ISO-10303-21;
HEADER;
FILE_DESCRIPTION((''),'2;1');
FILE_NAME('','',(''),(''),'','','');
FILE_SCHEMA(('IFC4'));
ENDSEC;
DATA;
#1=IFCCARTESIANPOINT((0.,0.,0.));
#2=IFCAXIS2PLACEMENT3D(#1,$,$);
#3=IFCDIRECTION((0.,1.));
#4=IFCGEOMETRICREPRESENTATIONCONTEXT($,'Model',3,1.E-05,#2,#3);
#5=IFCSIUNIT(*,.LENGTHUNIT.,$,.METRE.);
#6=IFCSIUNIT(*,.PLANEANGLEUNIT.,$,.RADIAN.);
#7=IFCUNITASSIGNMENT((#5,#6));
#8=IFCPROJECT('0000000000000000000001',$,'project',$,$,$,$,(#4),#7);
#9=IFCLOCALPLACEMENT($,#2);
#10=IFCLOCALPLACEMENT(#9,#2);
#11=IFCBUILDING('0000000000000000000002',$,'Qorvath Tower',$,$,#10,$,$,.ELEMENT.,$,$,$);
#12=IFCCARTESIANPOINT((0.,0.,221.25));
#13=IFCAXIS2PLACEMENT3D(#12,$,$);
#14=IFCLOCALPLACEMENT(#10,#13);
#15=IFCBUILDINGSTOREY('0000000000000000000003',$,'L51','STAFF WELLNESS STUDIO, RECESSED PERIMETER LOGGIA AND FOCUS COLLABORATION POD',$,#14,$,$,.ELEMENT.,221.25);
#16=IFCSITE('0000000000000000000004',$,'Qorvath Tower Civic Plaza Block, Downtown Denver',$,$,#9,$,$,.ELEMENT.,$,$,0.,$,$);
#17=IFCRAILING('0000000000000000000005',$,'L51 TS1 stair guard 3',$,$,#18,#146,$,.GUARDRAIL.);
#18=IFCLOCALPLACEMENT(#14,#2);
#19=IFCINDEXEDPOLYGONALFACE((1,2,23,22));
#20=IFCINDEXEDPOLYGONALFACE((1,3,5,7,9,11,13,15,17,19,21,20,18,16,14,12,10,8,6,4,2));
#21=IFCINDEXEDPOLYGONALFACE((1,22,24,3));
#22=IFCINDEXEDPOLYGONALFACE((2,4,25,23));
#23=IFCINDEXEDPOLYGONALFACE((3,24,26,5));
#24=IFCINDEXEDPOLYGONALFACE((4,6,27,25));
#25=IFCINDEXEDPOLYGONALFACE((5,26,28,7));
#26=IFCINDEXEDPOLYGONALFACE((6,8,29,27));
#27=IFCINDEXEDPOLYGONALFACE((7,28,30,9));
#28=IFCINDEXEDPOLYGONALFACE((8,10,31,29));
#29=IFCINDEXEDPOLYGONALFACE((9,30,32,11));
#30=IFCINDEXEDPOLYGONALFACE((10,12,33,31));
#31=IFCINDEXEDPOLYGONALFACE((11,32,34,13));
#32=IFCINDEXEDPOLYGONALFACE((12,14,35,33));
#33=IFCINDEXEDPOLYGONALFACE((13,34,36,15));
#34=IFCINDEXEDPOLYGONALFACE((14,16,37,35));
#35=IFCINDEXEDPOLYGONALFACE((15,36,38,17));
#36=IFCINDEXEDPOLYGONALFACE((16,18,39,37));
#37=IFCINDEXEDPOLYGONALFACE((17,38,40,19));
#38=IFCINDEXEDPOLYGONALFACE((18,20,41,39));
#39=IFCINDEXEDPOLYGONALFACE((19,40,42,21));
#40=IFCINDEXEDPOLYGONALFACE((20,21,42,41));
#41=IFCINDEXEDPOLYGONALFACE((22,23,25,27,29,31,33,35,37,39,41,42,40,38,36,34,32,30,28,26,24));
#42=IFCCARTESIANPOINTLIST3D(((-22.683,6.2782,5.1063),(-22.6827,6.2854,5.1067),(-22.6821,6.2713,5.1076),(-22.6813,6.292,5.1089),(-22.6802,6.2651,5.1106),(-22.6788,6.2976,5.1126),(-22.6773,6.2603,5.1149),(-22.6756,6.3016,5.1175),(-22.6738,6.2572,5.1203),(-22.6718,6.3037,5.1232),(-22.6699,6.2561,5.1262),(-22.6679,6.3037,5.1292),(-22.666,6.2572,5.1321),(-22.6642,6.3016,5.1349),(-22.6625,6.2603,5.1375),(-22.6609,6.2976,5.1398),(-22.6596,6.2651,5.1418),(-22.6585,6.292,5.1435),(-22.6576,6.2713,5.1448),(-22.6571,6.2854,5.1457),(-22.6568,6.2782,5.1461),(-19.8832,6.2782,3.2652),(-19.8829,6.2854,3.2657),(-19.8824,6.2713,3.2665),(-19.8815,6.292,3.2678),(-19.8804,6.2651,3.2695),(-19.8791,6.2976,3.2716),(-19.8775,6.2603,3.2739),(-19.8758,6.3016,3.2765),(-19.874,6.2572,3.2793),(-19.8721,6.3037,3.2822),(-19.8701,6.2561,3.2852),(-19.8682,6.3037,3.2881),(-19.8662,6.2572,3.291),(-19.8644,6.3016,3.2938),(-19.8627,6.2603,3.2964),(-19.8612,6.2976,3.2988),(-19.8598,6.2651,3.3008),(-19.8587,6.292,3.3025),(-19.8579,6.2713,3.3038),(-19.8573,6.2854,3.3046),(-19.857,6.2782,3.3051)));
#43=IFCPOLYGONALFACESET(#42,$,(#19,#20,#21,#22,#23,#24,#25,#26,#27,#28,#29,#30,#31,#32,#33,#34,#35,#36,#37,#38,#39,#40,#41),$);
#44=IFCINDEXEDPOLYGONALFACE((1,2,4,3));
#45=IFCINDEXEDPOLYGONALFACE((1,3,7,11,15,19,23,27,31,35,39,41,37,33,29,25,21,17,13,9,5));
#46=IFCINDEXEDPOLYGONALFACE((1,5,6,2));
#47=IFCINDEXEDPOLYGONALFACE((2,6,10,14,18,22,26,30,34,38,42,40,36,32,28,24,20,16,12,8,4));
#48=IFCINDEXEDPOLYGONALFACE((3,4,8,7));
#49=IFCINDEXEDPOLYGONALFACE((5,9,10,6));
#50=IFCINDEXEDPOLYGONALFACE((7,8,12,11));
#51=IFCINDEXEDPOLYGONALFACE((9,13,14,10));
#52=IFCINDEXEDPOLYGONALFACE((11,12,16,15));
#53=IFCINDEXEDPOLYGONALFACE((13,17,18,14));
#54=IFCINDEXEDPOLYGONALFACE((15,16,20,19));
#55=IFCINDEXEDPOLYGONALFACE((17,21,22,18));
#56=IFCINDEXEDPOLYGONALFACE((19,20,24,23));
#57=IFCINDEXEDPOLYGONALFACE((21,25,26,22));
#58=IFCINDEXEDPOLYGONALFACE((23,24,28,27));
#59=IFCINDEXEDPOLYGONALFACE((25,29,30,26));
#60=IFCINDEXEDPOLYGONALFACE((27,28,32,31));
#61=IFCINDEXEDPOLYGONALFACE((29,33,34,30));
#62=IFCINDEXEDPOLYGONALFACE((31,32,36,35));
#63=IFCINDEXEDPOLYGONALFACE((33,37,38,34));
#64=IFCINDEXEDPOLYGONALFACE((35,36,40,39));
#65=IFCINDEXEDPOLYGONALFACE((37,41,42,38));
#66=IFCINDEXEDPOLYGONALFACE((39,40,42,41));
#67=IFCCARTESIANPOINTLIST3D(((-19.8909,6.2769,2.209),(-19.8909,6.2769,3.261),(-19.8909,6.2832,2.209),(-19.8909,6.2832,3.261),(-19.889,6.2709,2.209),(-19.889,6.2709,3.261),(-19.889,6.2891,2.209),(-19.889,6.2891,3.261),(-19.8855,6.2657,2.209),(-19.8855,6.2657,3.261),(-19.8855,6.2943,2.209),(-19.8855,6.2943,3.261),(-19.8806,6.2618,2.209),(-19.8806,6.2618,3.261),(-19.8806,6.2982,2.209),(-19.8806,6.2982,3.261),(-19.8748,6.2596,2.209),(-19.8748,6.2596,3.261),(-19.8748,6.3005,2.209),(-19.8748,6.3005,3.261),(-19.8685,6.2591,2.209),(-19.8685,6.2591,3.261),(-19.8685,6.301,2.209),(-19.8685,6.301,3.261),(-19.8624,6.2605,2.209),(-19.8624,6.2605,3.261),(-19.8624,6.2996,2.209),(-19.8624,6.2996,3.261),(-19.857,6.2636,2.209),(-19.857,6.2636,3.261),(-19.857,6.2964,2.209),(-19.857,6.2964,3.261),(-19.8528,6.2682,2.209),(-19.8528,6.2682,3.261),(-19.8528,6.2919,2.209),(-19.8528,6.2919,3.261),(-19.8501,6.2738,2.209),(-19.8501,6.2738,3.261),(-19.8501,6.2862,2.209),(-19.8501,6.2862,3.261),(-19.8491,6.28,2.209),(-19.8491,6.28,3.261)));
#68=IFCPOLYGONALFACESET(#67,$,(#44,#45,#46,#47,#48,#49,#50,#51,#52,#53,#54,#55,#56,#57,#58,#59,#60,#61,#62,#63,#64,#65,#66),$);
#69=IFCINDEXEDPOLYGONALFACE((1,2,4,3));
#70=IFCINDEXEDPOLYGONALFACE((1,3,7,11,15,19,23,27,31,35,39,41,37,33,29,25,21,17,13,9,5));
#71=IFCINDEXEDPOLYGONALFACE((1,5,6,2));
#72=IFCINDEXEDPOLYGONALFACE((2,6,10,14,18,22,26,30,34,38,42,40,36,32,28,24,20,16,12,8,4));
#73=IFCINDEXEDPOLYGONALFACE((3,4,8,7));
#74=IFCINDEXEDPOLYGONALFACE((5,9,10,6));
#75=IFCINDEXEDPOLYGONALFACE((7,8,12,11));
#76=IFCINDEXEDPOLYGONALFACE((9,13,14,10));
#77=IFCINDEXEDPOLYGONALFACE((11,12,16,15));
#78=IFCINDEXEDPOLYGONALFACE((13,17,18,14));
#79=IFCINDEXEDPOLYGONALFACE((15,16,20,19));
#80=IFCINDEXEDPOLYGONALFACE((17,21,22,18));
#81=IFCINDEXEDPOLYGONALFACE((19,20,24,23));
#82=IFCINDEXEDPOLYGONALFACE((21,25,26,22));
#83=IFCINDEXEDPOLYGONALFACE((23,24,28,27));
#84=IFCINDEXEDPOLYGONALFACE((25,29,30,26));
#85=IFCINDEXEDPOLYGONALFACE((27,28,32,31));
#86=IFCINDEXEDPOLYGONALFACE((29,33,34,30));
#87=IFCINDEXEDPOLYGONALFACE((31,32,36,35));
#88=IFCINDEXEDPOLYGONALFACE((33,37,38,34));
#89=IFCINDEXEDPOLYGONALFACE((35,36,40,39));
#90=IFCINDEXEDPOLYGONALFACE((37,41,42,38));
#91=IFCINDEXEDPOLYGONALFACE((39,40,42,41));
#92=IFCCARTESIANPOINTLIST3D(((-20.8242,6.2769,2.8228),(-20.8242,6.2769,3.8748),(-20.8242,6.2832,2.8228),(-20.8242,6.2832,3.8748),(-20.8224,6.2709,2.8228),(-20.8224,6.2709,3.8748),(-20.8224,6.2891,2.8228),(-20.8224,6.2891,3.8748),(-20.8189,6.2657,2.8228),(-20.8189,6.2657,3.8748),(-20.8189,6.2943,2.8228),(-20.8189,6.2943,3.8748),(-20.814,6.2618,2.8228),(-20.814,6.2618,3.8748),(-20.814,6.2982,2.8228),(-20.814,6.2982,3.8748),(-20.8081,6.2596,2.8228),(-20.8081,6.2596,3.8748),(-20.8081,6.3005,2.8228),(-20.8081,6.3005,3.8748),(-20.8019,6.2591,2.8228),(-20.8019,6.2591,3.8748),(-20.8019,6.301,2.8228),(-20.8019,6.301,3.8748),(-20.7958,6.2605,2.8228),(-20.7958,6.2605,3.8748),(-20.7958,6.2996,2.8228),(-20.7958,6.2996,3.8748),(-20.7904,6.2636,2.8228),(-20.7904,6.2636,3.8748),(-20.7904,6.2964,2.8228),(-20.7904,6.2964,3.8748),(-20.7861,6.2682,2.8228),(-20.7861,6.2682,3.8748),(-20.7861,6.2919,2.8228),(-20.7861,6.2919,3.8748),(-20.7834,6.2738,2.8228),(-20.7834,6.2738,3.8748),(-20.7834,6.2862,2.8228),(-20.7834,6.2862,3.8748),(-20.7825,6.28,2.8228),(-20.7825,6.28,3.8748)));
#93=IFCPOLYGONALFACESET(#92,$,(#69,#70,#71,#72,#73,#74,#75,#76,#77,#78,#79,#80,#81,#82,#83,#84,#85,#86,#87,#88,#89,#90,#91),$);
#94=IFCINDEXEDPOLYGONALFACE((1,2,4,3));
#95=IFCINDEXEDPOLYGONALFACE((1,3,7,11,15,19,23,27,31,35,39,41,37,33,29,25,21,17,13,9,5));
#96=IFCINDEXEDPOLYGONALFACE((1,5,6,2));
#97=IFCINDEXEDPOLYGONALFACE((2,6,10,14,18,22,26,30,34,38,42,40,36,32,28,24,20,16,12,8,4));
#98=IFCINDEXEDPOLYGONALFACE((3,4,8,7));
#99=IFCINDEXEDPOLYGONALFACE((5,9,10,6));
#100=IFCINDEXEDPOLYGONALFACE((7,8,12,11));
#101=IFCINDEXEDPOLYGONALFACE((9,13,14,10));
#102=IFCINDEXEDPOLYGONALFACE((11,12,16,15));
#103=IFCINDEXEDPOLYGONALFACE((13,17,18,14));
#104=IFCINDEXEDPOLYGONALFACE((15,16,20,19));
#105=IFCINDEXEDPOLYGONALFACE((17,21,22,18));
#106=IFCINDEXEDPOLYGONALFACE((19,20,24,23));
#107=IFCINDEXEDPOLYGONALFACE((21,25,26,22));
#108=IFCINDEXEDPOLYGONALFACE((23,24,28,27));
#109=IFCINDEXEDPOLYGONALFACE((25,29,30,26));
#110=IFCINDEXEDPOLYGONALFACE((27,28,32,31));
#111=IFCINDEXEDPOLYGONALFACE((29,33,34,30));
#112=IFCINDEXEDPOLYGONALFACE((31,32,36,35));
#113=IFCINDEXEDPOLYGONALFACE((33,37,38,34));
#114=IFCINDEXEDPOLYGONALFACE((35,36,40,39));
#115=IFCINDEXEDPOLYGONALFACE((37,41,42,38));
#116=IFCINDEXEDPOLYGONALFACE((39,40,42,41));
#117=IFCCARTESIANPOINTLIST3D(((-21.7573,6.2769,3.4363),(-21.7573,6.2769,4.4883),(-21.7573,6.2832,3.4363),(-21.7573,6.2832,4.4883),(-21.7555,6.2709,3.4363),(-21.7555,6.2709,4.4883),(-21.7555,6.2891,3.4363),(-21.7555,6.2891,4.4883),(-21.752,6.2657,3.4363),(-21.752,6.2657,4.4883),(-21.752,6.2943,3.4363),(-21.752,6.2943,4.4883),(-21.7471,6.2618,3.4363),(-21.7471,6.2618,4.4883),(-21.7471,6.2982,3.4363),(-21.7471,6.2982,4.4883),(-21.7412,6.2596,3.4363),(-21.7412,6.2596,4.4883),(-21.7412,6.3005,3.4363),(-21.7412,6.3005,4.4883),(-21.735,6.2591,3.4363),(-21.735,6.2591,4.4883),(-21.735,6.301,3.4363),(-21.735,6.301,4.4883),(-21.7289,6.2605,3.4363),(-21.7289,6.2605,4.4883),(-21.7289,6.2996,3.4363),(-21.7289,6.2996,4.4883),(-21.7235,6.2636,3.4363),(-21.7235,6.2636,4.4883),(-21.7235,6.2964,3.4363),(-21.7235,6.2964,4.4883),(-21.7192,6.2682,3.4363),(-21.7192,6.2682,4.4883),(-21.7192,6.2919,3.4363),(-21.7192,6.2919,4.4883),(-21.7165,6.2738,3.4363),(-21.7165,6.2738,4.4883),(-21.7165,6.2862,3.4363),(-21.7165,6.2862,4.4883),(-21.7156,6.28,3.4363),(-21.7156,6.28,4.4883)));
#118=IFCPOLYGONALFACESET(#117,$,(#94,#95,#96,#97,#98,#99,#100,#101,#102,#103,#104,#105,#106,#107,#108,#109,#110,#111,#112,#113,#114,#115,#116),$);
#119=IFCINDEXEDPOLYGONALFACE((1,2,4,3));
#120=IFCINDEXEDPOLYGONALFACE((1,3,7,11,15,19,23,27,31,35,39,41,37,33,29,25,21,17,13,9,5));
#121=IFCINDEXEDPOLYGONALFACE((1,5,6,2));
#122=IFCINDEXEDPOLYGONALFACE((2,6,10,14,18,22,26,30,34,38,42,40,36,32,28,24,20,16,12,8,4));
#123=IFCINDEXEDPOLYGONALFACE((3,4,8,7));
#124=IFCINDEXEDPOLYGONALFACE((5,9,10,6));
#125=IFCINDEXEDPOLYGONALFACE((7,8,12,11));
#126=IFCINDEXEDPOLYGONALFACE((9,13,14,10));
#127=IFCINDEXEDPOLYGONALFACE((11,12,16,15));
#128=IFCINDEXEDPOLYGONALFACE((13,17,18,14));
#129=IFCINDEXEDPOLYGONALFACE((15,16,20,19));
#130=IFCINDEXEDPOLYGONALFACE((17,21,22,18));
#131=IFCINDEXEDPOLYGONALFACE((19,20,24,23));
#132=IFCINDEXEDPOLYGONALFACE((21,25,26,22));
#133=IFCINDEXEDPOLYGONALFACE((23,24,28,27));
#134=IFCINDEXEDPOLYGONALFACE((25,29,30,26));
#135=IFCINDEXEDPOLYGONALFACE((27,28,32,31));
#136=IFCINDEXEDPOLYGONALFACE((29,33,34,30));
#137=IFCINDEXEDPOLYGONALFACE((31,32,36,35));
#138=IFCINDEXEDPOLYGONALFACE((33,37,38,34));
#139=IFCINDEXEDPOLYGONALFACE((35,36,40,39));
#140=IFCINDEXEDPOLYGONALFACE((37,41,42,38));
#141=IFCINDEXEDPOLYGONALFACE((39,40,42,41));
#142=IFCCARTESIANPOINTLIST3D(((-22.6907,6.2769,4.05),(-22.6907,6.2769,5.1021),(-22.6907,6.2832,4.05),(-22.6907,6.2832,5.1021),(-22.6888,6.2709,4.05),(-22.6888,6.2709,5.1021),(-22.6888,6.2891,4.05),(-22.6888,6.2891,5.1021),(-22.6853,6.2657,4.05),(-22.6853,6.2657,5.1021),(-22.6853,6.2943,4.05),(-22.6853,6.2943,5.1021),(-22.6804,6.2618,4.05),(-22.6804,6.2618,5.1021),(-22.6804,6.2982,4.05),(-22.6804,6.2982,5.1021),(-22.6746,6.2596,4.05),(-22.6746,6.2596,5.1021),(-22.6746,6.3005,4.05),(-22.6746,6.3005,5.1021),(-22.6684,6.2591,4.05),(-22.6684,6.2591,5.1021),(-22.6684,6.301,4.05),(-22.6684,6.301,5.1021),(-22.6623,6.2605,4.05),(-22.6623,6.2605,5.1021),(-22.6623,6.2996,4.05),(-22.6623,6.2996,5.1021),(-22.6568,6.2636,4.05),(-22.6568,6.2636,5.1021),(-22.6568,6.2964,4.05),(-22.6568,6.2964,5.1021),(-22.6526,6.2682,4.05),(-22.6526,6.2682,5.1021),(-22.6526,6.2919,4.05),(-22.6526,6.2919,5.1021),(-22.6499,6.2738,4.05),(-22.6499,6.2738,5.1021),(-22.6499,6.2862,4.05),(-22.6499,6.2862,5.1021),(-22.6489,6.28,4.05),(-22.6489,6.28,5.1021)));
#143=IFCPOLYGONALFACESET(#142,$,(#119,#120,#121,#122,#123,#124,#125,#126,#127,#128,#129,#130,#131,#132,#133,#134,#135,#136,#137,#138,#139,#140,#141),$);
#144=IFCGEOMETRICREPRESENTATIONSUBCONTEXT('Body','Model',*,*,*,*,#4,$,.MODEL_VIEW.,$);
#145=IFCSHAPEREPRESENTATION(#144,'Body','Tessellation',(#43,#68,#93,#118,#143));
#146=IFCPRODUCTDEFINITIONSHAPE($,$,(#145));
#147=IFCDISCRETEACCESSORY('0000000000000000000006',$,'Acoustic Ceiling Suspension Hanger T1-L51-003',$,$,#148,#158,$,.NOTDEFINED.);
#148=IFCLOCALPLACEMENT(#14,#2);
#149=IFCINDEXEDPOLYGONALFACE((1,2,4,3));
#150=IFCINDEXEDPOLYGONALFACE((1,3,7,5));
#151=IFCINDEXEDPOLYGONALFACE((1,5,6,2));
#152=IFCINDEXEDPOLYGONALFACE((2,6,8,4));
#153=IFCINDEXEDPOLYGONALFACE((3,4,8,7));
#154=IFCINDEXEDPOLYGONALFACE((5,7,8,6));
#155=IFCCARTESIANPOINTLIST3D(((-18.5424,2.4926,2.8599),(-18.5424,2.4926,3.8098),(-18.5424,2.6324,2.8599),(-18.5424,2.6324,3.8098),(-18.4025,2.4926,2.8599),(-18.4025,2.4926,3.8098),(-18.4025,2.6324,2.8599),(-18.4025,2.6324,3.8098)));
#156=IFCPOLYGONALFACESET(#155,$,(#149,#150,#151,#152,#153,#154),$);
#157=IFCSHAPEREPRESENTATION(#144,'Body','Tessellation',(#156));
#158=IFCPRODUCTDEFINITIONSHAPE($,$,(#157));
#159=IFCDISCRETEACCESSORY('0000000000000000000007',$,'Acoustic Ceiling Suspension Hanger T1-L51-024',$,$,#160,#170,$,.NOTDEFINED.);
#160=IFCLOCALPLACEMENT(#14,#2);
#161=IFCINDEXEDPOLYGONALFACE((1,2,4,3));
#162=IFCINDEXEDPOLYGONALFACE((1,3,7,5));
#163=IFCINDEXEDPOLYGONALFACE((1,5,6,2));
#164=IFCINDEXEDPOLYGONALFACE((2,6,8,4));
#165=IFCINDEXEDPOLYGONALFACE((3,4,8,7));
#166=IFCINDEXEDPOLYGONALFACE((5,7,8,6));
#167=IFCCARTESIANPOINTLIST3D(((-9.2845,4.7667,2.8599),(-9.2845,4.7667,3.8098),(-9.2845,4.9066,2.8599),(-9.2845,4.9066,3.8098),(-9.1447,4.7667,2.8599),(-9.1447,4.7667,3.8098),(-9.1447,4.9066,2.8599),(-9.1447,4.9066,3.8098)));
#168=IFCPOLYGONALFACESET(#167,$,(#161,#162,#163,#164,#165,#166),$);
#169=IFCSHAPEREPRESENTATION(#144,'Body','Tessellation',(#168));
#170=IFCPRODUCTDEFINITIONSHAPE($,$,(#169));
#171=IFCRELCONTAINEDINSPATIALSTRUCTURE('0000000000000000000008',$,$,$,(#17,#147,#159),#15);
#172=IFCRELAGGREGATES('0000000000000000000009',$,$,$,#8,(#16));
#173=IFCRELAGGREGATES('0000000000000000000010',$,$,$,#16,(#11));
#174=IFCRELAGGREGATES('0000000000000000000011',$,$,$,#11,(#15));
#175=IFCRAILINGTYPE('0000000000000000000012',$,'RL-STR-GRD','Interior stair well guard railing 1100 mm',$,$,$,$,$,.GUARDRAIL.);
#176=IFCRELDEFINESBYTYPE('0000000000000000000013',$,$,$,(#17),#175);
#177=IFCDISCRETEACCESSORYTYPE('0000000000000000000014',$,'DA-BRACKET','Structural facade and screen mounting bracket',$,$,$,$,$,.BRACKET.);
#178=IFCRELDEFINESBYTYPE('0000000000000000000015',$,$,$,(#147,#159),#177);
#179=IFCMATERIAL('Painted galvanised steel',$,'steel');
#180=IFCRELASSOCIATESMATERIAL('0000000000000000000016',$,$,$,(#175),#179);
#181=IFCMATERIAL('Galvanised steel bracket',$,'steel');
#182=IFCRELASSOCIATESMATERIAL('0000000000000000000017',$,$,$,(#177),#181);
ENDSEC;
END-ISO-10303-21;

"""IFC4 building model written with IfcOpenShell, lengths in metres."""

from ifc_helpers import new_model, si_unit, direction, frame, origin, origin_2d, place, context, subcontext, project, spatial, rectangle, circle, extrude, material, type_object, element, save


model = new_model("IFC4")

# Units and contexts
model_context = context("Model", 3, precision=1e-05, world=origin(), true_north=direction((0.0, 1.0)))
body_context = subcontext(model_context, "Body", "Model", "MODEL_VIEW")
ifc_project = project(units=[si_unit("LENGTHUNIT", "METRE"), si_unit("PLANEANGLEUNIT", "RADIAN")], contexts=[model_context])

# Site, building, storey
site_placement = place(None, origin())
site = spatial("IfcSite", under=ifc_project, at=site_placement, Name="Qorvath Tower Civic Plaza Block, Downtown Denver", CompositionType="ELEMENT", RefElevation=0.0)
building_placement = place(site_placement, origin())
building = spatial("IfcBuilding", under=site, at=building_placement, Name="Qorvath Tower", CompositionType="ELEMENT")
storey_placement = place(building_placement, frame((0.0, 0.0, 221.25)))
storey = spatial("IfcBuildingStorey", under=building, at=storey_placement, Name="L51", Description="STAFF WELLNESS STUDIO, RECESSED PERIMETER LOGGIA AND FOCUS COLLABORATION POD", CompositionType="ELEMENT", Elevation=221.25)

# Railing
ifc_material_1 = material(Name="Painted galvanised steel", Category="steel")
railing_type = type_object("IfcRailingType", Name="RL-STR-GRD", Description="Interior stair well guard railing 1100 mm", PredefinedType="GUARDRAIL", material=ifc_material_1)
railing_1_placement = place(storey_placement, frame((-19.8701, 6.28, 2.209)))
element("IfcRailing", 1, at=railing_1_placement, inside=storey, type_object=railing_type, Name="L51 TS1 stair guard 3", PredefinedType="GUARDRAIL", context=body_context, shape_type="SweptSolid", body=[
    extrude(circle(Radius=0.0239, at=origin_2d()), frame((0.0, 0.0, 1.0762), z_axis=(-0.835542, 0.0, 0.549426), x_axis=(0.0, -1.0, 0.0)), (0.0, 0.0, 1.0), 3.3508),
    extrude(circle(Radius=0.021, at=origin_2d()), origin(), (0.0, 0.0, 1.0), 1.052),
    extrude(circle(Radius=0.021, at=origin_2d()), frame((-0.9333, 0.0, 0.6138)), (0.0, 0.0, 1.0), 1.052),
    extrude(circle(Radius=0.021, at=origin_2d()), frame((-1.8665, 0.0, 1.2273)), (0.0, 0.0, 1.0), 1.052),
    extrude(circle(Radius=0.021, at=origin_2d()), frame((-2.7998, 0.0, 1.8411)), (0.0, 0.0, 1.0), 1.052),
])

# Discrete accessories
ifc_material_2 = material(Name="Galvanised steel bracket", Category="steel")
discrete_accessory_type = type_object("IfcDiscreteAccessoryType", Name="DA-BRACKET", Description="Structural facade and screen mounting bracket", PredefinedType="BRACKET", material=ifc_material_2)
for number, where, z_axis, x_axis, name in (
    (2, (-18.4724, 2.5625, 2.8599), (0.0, 0.0, 1.0), (1.0, 0.0, 0.0), "Acoustic Ceiling Suspension Hanger T1-L51-003"),
    (3, (-9.2146, 4.8367, 2.8599), (0.0, 0.0, 1.0), (1.0, 0.0, 0.0), "Acoustic Ceiling Suspension Hanger T1-L51-024"),
):
    element("IfcDiscreteAccessory", number, at=place(storey_placement, frame(where, z_axis=z_axis, x_axis=x_axis)), inside=storey, type_object=discrete_accessory_type, Name=name, PredefinedType="NOTDEFINED", context=body_context, shape_type="SweptSolid", body=[
        extrude(rectangle(XDim=0.1399, YDim=0.1399, at=origin_2d()), origin(), (0.0, 0.0, 1.0), 0.95),
    ])

save(model, "model.ifc")
